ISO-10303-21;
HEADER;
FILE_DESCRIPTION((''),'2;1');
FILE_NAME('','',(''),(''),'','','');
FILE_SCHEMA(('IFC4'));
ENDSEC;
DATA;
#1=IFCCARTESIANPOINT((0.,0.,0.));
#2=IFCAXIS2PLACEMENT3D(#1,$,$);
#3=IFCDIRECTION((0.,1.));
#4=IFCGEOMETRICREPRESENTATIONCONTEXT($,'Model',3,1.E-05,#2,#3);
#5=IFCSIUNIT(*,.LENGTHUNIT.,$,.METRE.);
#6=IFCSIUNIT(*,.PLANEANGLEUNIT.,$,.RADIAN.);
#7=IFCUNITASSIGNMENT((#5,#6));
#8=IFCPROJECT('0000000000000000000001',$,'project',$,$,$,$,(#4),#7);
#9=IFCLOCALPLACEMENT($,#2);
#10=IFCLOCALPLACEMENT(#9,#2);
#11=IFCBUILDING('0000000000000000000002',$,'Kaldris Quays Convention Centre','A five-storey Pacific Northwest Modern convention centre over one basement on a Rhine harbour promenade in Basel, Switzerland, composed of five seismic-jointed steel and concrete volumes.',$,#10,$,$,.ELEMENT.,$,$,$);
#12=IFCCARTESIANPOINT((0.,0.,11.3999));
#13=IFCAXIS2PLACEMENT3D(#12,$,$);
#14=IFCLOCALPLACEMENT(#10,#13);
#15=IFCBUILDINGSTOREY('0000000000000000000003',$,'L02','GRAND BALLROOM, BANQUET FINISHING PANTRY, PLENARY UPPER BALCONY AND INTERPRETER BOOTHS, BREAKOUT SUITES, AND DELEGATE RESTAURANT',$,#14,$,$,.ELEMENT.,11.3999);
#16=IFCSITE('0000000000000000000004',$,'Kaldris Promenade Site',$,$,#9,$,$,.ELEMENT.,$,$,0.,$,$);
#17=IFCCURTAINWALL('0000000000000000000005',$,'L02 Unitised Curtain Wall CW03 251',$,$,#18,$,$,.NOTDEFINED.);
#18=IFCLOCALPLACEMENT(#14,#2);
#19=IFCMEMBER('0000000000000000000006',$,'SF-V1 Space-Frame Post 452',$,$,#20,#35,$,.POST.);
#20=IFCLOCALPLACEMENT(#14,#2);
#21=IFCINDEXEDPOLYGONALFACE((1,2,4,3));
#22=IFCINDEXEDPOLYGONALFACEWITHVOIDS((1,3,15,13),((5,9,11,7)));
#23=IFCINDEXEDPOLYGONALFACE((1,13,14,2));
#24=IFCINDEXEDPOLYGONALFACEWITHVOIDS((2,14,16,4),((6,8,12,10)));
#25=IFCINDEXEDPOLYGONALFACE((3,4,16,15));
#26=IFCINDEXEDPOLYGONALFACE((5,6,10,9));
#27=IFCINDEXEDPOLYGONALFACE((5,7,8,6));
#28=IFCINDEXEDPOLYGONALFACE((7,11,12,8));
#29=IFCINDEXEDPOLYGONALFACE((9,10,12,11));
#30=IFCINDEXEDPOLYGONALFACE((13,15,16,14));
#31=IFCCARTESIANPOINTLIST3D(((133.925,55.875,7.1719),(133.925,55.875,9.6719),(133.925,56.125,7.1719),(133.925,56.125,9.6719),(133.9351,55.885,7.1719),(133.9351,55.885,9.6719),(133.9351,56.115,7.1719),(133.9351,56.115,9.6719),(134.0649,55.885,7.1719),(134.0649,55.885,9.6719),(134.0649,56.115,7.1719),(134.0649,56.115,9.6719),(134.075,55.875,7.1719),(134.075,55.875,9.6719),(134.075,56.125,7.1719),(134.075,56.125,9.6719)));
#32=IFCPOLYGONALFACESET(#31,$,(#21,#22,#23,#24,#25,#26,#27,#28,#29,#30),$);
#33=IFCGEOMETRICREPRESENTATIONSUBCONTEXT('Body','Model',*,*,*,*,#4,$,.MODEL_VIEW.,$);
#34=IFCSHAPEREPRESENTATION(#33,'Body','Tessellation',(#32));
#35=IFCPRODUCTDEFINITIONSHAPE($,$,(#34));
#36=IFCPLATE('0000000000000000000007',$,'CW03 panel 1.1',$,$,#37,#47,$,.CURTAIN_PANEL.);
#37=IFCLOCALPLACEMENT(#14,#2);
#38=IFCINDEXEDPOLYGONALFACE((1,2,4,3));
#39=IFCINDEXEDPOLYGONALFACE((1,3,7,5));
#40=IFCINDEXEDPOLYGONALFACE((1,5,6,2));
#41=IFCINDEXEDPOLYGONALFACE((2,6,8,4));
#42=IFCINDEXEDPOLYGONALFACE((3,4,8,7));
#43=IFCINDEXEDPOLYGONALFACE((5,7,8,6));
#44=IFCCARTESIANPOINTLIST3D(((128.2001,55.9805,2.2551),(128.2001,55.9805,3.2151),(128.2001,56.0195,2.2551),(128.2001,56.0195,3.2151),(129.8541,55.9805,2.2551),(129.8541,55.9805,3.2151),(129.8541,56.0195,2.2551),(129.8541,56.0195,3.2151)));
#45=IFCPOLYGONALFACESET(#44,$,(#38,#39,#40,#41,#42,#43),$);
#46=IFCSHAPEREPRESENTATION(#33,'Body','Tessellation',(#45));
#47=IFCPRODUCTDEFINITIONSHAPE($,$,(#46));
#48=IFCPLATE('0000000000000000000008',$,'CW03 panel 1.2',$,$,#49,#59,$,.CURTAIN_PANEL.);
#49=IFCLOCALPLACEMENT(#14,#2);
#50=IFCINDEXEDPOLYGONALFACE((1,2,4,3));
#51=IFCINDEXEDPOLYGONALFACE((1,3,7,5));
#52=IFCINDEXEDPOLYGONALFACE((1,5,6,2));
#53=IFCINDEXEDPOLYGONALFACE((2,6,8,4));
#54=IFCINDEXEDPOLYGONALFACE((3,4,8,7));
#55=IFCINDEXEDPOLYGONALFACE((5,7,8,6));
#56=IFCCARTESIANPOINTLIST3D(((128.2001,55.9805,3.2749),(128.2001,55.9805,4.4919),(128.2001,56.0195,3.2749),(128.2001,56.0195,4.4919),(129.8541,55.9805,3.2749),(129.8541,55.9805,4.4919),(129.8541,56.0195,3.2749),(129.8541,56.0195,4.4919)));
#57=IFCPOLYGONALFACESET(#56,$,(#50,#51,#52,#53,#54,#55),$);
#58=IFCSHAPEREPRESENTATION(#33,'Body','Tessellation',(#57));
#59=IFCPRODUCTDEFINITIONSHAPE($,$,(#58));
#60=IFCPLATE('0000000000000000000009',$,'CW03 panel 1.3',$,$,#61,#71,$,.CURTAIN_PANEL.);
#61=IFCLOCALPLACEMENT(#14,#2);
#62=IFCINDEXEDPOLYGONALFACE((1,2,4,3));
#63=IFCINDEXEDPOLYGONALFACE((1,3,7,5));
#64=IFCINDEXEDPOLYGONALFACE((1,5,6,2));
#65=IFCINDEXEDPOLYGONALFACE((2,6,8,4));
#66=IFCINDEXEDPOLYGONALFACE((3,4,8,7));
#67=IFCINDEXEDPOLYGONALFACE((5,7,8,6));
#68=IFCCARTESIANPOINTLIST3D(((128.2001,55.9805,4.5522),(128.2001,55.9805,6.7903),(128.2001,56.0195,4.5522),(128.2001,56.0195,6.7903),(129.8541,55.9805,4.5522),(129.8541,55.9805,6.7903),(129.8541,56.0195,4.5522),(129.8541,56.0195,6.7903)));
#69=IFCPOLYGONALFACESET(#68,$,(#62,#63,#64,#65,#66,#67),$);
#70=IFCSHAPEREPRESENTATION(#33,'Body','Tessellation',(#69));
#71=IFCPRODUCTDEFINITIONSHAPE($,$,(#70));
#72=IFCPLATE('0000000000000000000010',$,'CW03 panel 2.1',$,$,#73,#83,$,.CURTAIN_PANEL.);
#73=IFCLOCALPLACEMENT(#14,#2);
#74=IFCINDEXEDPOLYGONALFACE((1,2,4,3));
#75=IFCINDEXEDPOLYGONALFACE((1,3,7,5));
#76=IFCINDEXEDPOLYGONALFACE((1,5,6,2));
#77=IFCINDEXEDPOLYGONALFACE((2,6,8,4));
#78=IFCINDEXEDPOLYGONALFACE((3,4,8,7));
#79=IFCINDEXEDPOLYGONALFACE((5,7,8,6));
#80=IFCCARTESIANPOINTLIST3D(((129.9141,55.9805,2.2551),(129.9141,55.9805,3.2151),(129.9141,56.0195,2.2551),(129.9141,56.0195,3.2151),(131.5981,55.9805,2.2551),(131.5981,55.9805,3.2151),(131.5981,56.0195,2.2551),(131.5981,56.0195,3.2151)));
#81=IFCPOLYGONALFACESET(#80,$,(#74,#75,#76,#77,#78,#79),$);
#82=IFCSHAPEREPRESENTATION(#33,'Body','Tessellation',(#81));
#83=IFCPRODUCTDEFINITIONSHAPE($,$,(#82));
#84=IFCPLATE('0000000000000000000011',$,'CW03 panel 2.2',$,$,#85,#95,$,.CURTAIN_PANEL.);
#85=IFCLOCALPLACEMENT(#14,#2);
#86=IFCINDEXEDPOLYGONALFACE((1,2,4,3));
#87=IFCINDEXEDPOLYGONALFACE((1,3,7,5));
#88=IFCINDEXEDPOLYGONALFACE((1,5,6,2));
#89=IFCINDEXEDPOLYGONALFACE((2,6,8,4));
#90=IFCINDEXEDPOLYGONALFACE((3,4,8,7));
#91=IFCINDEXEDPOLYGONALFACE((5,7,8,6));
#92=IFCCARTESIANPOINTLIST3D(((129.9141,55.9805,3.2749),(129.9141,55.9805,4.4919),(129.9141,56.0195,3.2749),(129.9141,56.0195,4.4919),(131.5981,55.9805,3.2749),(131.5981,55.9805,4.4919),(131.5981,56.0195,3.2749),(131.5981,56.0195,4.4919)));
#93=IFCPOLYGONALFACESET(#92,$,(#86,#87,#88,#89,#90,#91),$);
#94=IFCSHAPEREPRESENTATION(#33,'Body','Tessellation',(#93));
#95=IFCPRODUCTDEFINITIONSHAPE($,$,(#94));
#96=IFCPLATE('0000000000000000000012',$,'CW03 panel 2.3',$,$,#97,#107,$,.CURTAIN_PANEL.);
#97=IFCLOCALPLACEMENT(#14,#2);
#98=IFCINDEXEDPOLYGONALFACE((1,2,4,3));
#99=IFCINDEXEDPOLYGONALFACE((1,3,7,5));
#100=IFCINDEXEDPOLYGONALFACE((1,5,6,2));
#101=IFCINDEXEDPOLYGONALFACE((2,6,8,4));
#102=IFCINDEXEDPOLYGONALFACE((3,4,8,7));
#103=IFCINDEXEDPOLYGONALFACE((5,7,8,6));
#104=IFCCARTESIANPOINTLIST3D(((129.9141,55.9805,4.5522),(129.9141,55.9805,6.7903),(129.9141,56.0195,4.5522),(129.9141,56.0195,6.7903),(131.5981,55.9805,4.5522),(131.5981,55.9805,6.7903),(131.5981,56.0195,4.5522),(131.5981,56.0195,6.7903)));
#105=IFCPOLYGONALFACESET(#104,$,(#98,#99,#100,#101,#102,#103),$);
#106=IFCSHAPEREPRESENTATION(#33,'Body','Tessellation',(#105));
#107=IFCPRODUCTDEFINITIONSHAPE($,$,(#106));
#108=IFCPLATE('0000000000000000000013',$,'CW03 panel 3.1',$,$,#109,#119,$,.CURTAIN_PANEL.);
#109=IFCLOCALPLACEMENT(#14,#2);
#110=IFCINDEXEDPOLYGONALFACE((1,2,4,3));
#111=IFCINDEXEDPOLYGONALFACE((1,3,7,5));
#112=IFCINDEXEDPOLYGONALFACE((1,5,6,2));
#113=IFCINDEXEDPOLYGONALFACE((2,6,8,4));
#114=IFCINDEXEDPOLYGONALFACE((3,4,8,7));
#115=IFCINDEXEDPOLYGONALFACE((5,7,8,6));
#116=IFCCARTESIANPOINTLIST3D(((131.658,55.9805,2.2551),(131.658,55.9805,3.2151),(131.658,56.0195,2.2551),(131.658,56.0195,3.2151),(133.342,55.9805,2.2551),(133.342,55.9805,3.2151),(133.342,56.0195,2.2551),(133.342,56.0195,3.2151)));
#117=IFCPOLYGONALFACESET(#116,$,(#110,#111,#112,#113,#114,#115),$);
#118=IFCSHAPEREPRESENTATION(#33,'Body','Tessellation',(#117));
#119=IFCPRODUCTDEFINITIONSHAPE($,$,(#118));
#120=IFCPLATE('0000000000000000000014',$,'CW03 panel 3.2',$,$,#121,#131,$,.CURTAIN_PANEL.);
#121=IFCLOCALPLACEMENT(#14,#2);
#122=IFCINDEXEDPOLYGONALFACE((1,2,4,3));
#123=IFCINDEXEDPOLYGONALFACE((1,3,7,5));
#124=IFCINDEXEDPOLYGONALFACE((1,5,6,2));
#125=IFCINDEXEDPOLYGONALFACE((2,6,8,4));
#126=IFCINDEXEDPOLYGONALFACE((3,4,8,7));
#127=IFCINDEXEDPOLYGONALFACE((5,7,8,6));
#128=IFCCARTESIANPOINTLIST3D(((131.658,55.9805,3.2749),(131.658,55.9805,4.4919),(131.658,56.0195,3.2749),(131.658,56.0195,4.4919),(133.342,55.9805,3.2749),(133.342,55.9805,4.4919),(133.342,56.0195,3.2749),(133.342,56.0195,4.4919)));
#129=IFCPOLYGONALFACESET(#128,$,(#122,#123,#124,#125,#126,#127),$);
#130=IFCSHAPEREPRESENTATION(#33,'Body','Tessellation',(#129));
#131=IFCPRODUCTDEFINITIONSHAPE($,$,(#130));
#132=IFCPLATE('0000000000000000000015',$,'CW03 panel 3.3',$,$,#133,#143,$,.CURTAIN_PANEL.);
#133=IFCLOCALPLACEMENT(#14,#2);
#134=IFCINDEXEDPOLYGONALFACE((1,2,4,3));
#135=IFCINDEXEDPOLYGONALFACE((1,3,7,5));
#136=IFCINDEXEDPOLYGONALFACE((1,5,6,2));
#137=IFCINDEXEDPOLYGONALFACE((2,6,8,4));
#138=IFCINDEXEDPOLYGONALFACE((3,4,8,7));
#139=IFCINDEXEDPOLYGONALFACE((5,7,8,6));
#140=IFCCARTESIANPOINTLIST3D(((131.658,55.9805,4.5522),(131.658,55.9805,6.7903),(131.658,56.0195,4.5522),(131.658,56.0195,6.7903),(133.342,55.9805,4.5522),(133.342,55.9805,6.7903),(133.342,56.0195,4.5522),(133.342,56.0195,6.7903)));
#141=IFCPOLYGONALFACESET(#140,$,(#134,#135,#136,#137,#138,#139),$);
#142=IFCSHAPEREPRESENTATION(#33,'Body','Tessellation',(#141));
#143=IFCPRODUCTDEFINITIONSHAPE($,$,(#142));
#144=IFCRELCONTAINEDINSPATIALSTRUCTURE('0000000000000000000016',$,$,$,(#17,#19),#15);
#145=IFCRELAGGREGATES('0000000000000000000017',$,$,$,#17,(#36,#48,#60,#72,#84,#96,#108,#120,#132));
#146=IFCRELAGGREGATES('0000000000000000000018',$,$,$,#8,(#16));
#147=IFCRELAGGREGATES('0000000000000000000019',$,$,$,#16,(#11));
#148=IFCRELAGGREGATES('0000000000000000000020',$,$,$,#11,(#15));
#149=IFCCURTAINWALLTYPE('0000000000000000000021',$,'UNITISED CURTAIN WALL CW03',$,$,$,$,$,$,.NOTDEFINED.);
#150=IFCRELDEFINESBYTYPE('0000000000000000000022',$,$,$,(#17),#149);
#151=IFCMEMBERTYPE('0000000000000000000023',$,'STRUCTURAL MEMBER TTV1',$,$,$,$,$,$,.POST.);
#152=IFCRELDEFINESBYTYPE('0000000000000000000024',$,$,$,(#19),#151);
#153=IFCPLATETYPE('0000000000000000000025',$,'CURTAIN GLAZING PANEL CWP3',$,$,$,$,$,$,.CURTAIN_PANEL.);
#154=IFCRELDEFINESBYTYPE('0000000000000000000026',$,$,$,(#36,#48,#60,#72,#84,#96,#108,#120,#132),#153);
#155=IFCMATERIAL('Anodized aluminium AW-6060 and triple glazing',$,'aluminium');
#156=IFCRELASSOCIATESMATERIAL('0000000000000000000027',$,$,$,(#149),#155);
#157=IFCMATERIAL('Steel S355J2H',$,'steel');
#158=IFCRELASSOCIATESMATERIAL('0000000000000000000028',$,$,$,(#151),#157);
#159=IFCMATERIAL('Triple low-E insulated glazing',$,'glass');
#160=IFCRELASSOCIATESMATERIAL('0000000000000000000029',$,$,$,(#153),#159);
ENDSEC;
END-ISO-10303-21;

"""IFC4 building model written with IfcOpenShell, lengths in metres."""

from ifc_helpers import new_model, si_unit, direction, frame, origin, origin_2d, place, context, subcontext, project, spatial, rectangle, hollow_rectangle, extrude, material, material_profile, profile_set, type_object, element, aggregate, save


model = new_model("IFC4")

# Units and contexts
model_context = context("Model", 3, precision=1e-05, world=origin(), true_north=direction((0.0, 1.0)))
body_context = subcontext(model_context, "Body", "Model", "MODEL_VIEW")
ifc_project = project(units=[si_unit("LENGTHUNIT", "METRE"), si_unit("PLANEANGLEUNIT", "RADIAN")], contexts=[model_context])

# Site, building, storey
site_placement = place(None, origin())
site = spatial("IfcSite", under=ifc_project, at=site_placement, Name="Kaldris Promenade Site", CompositionType="ELEMENT", RefElevation=0.0)
building_placement = place(site_placement, origin())
building = spatial("IfcBuilding", under=site, at=building_placement, Name="Kaldris Quays Convention Centre", Description="A five-storey Pacific Northwest Modern convention centre over one basement on a Rhine harbour promenade in Basel, Switzerland, composed of five seismic-jointed steel and concrete volumes.", CompositionType="ELEMENT")
storey_placement = place(building_placement, frame((0.0, 0.0, 11.3999)))
storey = spatial("IfcBuildingStorey", under=building, at=storey_placement, Name="L02", Description="GRAND BALLROOM, BANQUET FINISHING PANTRY, PLENARY UPPER BALCONY AND INTERPRETER BOOTHS, BREAKOUT SUITES, AND DELEGATE RESTAURANT", CompositionType="ELEMENT", Elevation=11.3999)

# Curtain wall
ifc_material_1 = material(Name="Anodized aluminium AW-6060 and triple glazing", Category="aluminium")
curtain_wall_type = type_object("IfcCurtainWallType", Name="UNITISED CURTAIN WALL CW03", PredefinedType="NOTDEFINED", material=ifc_material_1)
curtain_wall_placement = place(storey_placement, origin())
curtain_wall = element("IfcCurtainWall", 1, at=curtain_wall_placement, inside=storey, type_object=curtain_wall_type, Name="L02 Unitised Curtain Wall CW03 251", PredefinedType="NOTDEFINED")

# Member
ifc_material_2 = material(Name="Steel S355J2H", Category="steel")
ifc_material_profile_1 = material_profile(ifc_material_2, hollow_rectangle(XDim=0.1499, YDim=0.25, WallThickness=0.01, at=origin_2d()), Name="RHS 250x150x10")
ifc_profile_set_1 = profile_set([ifc_material_profile_1], Name="Steel S355J2H")
member_type_1 = type_object("IfcMemberType", Name="STRUCTURAL MEMBER TTV1", PredefinedType="POST", material=ifc_profile_set_1)
for number, where, z_axis, x_axis, name in (
    (2, (134.0, 56.0, 7.1719), (0.0, 0.0, 1.0), (1.0, 0.0, 0.0), "SF-V1 Space-Frame Post 452"),
):
    element("IfcMember", number, at=place(storey_placement, frame(where, z_axis=z_axis, x_axis=x_axis)), inside=storey, type_object=member_type_1, Name=name, PredefinedType="POST", context=body_context, shape_type="SweptSolid", body=[
        extrude(hollow_rectangle(XDim=0.1499, YDim=0.25, WallThickness=0.01, at=origin_2d()), origin(), (0.0, 0.0, 1.0), 2.5),
    ])

# Plates
ifc_material_3 = material(Name="Triple low-E insulated glazing", Category="glass")
plate_type = type_object("IfcPlateType", Name="CURTAIN GLAZING PANEL CWP3", PredefinedType="CURTAIN_PANEL", material=ifc_material_3)
plate_1_placement = place(storey_placement, frame((129.0271, 56.0, 2.2551), z_axis=(0.0, 0.0, 1.0), x_axis=(1.0, 0.0, 0.0)))
plate_1 = element("IfcPlate", 3, at=plate_1_placement, type_object=plate_type, Name="CW03 panel 1.1", PredefinedType="CURTAIN_PANEL", context=body_context, shape_type="SweptSolid", body=[
    extrude(rectangle(XDim=1.6541, YDim=0.0391, at=origin_2d()), origin(), (0.0, 0.0, 1.0), 0.96),
])
plate_2_placement = place(storey_placement, frame((129.0271, 56.0, 3.2749), z_axis=(0.0, 0.0, 1.0), x_axis=(1.0, 0.0, 0.0)))
plate_2 = element("IfcPlate", 4, at=plate_2_placement, type_object=plate_type, Name="CW03 panel 1.2", PredefinedType="CURTAIN_PANEL", context=body_context, shape_type="SweptSolid", body=[
    extrude(rectangle(XDim=1.6541, YDim=0.0391, at=origin_2d()), origin(), (0.0, 0.0, 1.0), 1.217),
])
plate_3_placement = place(storey_placement, frame((129.0271, 56.0, 4.5522), z_axis=(0.0, 0.0, 1.0), x_axis=(1.0, 0.0, 0.0)))
plate_3 = element("IfcPlate", 5, at=plate_3_placement, type_object=plate_type, Name="CW03 panel 1.3", PredefinedType="CURTAIN_PANEL", context=body_context, shape_type="SweptSolid", body=[
    extrude(rectangle(XDim=1.6541, YDim=0.0391, at=origin_2d()), origin(), (0.0, 0.0, 1.0), 2.238),
])
plate_4_placement = place(storey_placement, frame((130.7561, 56.0, 2.2551), z_axis=(0.0, 0.0, 1.0), x_axis=(1.0, 0.0, 0.0)))
plate_4 = element("IfcPlate", 6, at=plate_4_placement, type_object=plate_type, Name="CW03 panel 2.1", PredefinedType="CURTAIN_PANEL", context=body_context, shape_type="SweptSolid", body=[
    extrude(rectangle(XDim=1.6841, YDim=0.0391, at=origin_2d()), origin(), (0.0, 0.0, 1.0), 0.96),
])
plate_5_placement = place(storey_placement, frame((130.7561, 56.0, 3.2749), z_axis=(0.0, 0.0, 1.0), x_axis=(1.0, 0.0, 0.0)))
plate_5 = element("IfcPlate", 7, at=plate_5_placement, type_object=plate_type, Name="CW03 panel 2.2", PredefinedType="CURTAIN_PANEL", context=body_context, shape_type="SweptSolid", body=[
    extrude(rectangle(XDim=1.6841, YDim=0.0391, at=origin_2d()), origin(), (0.0, 0.0, 1.0), 1.217),
])
plate_6_placement = place(storey_placement, frame((130.7561, 56.0, 4.5522), z_axis=(0.0, 0.0, 1.0), x_axis=(1.0, 0.0, 0.0)))
plate_6 = element("IfcPlate", 8, at=plate_6_placement, type_object=plate_type, Name="CW03 panel 2.3", PredefinedType="CURTAIN_PANEL", context=body_context, shape_type="SweptSolid", body=[
    extrude(rectangle(XDim=1.6841, YDim=0.0391, at=origin_2d()), origin(), (0.0, 0.0, 1.0), 2.238),
])
plate_7_placement = place(storey_placement, frame((132.5, 56.0, 2.2551), z_axis=(0.0, 0.0, 1.0), x_axis=(1.0, 0.0, 0.0)))
plate_7 = element("IfcPlate", 9, at=plate_7_placement, type_object=plate_type, Name="CW03 panel 3.1", PredefinedType="CURTAIN_PANEL", context=body_context, shape_type="SweptSolid", body=[
    extrude(rectangle(XDim=1.6841, YDim=0.0391, at=origin_2d()), origin(), (0.0, 0.0, 1.0), 0.96),
])
plate_8_placement = place(storey_placement, frame((132.5, 56.0, 3.2749), z_axis=(0.0, 0.0, 1.0), x_axis=(1.0, 0.0, 0.0)))
plate_8 = element("IfcPlate", 10, at=plate_8_placement, type_object=plate_type, Name="CW03 panel 3.2", PredefinedType="CURTAIN_PANEL", context=body_context, shape_type="SweptSolid", body=[
    extrude(rectangle(XDim=1.6841, YDim=0.0391, at=origin_2d()), origin(), (0.0, 0.0, 1.0), 1.217),
])
plate_9_placement = place(storey_placement, frame((132.5, 56.0, 4.5522), z_axis=(0.0, 0.0, 1.0), x_axis=(1.0, 0.0, 0.0)))
plate_9 = element("IfcPlate", 11, at=plate_9_placement, type_object=plate_type, Name="CW03 panel 3.3", PredefinedType="CURTAIN_PANEL", context=body_context, shape_type="SweptSolid", body=[
    extrude(rectangle(XDim=1.6841, YDim=0.0391, at=origin_2d()), origin(), (0.0, 0.0, 1.0), 2.238),
])
aggregate(curtain_wall, [plate_1, plate_2, plate_3, plate_4, plate_5, plate_6, plate_7, plate_8, plate_9])

save(model, "model.ifc")
